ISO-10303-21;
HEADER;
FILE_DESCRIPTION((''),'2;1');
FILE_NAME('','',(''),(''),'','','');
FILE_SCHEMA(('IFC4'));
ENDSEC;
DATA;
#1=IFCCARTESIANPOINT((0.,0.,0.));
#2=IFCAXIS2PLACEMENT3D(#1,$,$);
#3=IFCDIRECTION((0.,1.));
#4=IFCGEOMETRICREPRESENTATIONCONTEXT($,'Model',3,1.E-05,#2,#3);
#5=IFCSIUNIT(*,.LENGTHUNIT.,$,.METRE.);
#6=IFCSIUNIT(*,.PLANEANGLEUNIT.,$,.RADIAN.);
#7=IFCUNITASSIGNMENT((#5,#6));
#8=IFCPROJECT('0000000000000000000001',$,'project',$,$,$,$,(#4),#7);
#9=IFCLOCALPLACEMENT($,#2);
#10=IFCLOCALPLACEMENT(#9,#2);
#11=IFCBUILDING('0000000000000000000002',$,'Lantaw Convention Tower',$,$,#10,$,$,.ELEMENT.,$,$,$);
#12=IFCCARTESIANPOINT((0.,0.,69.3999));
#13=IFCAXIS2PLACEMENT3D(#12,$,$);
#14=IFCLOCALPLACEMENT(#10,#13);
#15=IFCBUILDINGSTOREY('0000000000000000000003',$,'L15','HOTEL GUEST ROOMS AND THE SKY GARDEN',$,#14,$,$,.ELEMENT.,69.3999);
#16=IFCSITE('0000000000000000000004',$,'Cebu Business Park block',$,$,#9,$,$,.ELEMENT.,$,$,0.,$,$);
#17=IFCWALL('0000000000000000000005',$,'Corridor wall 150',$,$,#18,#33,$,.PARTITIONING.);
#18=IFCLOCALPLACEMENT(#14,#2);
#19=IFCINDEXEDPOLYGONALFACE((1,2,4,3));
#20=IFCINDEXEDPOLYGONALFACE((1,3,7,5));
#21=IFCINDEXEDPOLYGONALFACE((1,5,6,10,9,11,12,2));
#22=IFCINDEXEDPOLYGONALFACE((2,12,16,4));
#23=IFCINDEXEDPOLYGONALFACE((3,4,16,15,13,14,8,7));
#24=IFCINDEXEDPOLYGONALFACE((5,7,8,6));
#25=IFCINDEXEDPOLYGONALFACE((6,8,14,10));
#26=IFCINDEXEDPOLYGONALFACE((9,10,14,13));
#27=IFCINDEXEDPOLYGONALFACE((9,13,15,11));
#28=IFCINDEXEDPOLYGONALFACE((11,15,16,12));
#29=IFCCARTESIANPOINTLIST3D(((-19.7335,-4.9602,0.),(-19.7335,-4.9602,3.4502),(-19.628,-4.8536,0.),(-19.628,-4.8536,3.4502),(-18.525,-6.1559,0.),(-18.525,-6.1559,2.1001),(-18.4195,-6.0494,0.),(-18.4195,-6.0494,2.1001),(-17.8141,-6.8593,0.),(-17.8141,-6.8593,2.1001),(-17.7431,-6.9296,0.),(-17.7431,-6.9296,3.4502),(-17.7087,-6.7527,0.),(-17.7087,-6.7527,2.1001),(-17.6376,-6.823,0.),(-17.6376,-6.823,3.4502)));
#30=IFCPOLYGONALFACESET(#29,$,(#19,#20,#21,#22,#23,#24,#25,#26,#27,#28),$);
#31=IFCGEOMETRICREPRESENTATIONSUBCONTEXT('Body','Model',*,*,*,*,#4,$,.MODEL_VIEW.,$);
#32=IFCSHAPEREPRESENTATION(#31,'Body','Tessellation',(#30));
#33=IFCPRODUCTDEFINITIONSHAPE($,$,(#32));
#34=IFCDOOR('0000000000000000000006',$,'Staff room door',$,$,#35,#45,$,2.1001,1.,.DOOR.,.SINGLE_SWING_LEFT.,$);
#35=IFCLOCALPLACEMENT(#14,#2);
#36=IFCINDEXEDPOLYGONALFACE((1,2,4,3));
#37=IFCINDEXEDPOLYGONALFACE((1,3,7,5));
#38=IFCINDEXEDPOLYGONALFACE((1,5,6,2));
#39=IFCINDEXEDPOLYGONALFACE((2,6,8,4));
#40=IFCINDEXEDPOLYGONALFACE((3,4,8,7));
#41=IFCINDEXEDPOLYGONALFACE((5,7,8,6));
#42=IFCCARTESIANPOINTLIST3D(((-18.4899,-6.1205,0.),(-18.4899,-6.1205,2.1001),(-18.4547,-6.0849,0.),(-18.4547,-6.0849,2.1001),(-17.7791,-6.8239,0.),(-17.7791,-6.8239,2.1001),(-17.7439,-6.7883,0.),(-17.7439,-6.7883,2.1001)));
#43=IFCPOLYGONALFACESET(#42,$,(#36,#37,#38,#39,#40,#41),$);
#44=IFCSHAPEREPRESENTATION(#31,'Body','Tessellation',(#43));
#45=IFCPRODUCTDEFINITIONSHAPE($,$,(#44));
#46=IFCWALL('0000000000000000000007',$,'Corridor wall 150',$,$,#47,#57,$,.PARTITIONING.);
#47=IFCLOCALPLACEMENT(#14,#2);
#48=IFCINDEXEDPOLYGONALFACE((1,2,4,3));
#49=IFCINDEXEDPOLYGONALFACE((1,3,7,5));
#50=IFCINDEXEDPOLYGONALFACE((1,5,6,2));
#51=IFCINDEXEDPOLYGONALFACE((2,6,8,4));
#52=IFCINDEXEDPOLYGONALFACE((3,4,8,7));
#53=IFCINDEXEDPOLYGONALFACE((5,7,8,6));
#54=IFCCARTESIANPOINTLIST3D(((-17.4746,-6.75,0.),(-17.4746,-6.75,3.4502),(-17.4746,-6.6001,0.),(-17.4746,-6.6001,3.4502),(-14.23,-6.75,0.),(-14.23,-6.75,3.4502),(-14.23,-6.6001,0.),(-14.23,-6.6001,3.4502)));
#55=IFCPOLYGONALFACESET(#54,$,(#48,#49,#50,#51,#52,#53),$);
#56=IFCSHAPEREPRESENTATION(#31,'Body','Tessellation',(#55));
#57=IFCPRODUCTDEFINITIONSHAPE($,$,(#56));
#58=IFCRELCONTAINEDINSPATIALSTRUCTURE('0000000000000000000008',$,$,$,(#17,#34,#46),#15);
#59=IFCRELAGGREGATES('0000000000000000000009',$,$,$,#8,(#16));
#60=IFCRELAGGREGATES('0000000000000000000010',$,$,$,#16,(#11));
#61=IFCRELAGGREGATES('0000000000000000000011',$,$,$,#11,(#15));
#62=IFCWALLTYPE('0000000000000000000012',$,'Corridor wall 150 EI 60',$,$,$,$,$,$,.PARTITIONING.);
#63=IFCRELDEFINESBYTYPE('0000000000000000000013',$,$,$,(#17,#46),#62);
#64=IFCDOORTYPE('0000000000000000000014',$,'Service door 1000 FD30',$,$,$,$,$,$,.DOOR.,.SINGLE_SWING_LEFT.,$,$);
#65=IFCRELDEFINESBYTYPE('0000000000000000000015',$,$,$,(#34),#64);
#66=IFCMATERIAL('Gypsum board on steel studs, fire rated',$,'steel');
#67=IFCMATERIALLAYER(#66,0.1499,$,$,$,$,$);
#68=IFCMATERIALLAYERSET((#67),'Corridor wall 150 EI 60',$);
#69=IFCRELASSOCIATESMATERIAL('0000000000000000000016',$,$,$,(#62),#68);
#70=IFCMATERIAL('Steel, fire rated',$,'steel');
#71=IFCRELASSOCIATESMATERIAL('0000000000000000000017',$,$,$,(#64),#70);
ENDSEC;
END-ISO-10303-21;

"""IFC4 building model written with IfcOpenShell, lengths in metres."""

from ifc_helpers import new_model, si_unit, direction, frame, frame_2d, origin, place, context, subcontext, project, spatial, rectangle, extrude, material, layer, layer_set, type_object, element, fill, save


model = new_model("IFC4")

# Units and contexts
model_context = context("Model", 3, precision=1e-05, world=origin(), true_north=direction((0.0, 1.0)))
body_context = subcontext(model_context, "Body", "Model", "MODEL_VIEW")
ifc_project = project(units=[si_unit("LENGTHUNIT", "METRE"), si_unit("PLANEANGLEUNIT", "RADIAN")], contexts=[model_context])

# Site, building, storey
site_placement = place(None, origin())
site = spatial("IfcSite", under=ifc_project, at=site_placement, Name="Cebu Business Park block", CompositionType="ELEMENT", RefElevation=0.0)
building_placement = place(site_placement, origin())
building = spatial("IfcBuilding", under=site, at=building_placement, Name="Lantaw Convention Tower", CompositionType="ELEMENT")
storey_placement = place(building_placement, frame((0.0, 0.0, 69.3999)))
storey = spatial("IfcBuildingStorey", under=building, at=storey_placement, Name="L15", Description="HOTEL GUEST ROOMS AND THE SKY GARDEN", CompositionType="ELEMENT", Elevation=69.3999)

# Shared definitions
ifc_material_1 = material(Name="Gypsum board on steel studs, fire rated", Category="steel")
ifc_layer_1 = layer(ifc_material_1, 0.1499)
ifc_layer_set_1 = layer_set([ifc_layer_1], Name="Corridor wall 150 EI 60")
wall_type_1 = type_object("IfcWallType", Name="Corridor wall 150 EI 60", PredefinedType="PARTITIONING", material=ifc_layer_set_1)
ifc_material_2 = material(Name="Steel, fire rated", Category="steel")

# Wall, opening, door
wall_1_placement = place(storey_placement, frame((-19.6807, -4.907, 0.0), z_axis=(0.0, 0.0, 1.0), x_axis=(0.710846, -0.703348, 0.0)))
wall_1 = element("IfcWall", 1, at=wall_1_placement, inside=storey, type_object=wall_type_1, Name="Corridor wall 150", PredefinedType="PARTITIONING", context=body_context, shape_type="SweptSolid", body=[
    extrude(rectangle(XDim=2.8, YDim=0.1499, at=frame_2d((1.3999, 0.0))), origin(), (0.0, 0.0, 1.0), 3.4502),
])
opening_1_placement = place(wall_1_placement, frame((1.7, 0.0, 0.0)))
opening_1 = element("IfcOpeningElement", 2, at=opening_1_placement, cuts=wall_1, PredefinedType="OPENING", context=body_context, shape_type="SweptSolid", body=[
    extrude(rectangle(XDim=1.0, YDim=2.1001, at=frame_2d((0.5, 1.05))), frame((0.0, 0.085, 0.0), z_axis=(0.0, -1.0, 0.0), x_axis=(1.0, 0.0, 0.0)), (0.0, 0.0, 1.0), 0.1699),
])
door_type_1 = type_object("IfcDoorType", Name="Service door 1000 FD30", OperationType="SINGLE_SWING_LEFT", PredefinedType="DOOR", material=ifc_material_2)
door_1_placement = place(opening_1_placement, origin())
door_1 = element("IfcDoor", 3, at=door_1_placement, inside=storey, type_object=door_type_1, Name="Staff room door", OperationType="SINGLE_SWING_LEFT", OverallHeight=2.1001, OverallWidth=1.0, PredefinedType="DOOR", context=body_context, shape_type="SweptSolid", body=[
    extrude(rectangle(XDim=1.0, YDim=2.1001, at=frame_2d((0.5, 1.05))), frame((0.0, 0.0249, 0.0), z_axis=(0.0, -1.0, 0.0), x_axis=(1.0, 0.0, 0.0)), (0.0, 0.0, 1.0), 0.05),
])
fill(opening_1, door_1)

# Wall
wall_2_placement = place(storey_placement, frame((-17.4746, -6.675, 0.0), z_axis=(0.0, 0.0, 1.0), x_axis=(1.0, 0.0, 0.0)))
element("IfcWall", 4, at=wall_2_placement, inside=storey, type_object=wall_type_1, Name="Corridor wall 150", PredefinedType="PARTITIONING", context=body_context, shape_type="SweptSolid", body=[
    extrude(rectangle(XDim=3.2446, YDim=0.1499, at=frame_2d((1.6223, 0.0))), origin(), (0.0, 0.0, 1.0), 3.4502),
])

save(model, "model.ifc")
